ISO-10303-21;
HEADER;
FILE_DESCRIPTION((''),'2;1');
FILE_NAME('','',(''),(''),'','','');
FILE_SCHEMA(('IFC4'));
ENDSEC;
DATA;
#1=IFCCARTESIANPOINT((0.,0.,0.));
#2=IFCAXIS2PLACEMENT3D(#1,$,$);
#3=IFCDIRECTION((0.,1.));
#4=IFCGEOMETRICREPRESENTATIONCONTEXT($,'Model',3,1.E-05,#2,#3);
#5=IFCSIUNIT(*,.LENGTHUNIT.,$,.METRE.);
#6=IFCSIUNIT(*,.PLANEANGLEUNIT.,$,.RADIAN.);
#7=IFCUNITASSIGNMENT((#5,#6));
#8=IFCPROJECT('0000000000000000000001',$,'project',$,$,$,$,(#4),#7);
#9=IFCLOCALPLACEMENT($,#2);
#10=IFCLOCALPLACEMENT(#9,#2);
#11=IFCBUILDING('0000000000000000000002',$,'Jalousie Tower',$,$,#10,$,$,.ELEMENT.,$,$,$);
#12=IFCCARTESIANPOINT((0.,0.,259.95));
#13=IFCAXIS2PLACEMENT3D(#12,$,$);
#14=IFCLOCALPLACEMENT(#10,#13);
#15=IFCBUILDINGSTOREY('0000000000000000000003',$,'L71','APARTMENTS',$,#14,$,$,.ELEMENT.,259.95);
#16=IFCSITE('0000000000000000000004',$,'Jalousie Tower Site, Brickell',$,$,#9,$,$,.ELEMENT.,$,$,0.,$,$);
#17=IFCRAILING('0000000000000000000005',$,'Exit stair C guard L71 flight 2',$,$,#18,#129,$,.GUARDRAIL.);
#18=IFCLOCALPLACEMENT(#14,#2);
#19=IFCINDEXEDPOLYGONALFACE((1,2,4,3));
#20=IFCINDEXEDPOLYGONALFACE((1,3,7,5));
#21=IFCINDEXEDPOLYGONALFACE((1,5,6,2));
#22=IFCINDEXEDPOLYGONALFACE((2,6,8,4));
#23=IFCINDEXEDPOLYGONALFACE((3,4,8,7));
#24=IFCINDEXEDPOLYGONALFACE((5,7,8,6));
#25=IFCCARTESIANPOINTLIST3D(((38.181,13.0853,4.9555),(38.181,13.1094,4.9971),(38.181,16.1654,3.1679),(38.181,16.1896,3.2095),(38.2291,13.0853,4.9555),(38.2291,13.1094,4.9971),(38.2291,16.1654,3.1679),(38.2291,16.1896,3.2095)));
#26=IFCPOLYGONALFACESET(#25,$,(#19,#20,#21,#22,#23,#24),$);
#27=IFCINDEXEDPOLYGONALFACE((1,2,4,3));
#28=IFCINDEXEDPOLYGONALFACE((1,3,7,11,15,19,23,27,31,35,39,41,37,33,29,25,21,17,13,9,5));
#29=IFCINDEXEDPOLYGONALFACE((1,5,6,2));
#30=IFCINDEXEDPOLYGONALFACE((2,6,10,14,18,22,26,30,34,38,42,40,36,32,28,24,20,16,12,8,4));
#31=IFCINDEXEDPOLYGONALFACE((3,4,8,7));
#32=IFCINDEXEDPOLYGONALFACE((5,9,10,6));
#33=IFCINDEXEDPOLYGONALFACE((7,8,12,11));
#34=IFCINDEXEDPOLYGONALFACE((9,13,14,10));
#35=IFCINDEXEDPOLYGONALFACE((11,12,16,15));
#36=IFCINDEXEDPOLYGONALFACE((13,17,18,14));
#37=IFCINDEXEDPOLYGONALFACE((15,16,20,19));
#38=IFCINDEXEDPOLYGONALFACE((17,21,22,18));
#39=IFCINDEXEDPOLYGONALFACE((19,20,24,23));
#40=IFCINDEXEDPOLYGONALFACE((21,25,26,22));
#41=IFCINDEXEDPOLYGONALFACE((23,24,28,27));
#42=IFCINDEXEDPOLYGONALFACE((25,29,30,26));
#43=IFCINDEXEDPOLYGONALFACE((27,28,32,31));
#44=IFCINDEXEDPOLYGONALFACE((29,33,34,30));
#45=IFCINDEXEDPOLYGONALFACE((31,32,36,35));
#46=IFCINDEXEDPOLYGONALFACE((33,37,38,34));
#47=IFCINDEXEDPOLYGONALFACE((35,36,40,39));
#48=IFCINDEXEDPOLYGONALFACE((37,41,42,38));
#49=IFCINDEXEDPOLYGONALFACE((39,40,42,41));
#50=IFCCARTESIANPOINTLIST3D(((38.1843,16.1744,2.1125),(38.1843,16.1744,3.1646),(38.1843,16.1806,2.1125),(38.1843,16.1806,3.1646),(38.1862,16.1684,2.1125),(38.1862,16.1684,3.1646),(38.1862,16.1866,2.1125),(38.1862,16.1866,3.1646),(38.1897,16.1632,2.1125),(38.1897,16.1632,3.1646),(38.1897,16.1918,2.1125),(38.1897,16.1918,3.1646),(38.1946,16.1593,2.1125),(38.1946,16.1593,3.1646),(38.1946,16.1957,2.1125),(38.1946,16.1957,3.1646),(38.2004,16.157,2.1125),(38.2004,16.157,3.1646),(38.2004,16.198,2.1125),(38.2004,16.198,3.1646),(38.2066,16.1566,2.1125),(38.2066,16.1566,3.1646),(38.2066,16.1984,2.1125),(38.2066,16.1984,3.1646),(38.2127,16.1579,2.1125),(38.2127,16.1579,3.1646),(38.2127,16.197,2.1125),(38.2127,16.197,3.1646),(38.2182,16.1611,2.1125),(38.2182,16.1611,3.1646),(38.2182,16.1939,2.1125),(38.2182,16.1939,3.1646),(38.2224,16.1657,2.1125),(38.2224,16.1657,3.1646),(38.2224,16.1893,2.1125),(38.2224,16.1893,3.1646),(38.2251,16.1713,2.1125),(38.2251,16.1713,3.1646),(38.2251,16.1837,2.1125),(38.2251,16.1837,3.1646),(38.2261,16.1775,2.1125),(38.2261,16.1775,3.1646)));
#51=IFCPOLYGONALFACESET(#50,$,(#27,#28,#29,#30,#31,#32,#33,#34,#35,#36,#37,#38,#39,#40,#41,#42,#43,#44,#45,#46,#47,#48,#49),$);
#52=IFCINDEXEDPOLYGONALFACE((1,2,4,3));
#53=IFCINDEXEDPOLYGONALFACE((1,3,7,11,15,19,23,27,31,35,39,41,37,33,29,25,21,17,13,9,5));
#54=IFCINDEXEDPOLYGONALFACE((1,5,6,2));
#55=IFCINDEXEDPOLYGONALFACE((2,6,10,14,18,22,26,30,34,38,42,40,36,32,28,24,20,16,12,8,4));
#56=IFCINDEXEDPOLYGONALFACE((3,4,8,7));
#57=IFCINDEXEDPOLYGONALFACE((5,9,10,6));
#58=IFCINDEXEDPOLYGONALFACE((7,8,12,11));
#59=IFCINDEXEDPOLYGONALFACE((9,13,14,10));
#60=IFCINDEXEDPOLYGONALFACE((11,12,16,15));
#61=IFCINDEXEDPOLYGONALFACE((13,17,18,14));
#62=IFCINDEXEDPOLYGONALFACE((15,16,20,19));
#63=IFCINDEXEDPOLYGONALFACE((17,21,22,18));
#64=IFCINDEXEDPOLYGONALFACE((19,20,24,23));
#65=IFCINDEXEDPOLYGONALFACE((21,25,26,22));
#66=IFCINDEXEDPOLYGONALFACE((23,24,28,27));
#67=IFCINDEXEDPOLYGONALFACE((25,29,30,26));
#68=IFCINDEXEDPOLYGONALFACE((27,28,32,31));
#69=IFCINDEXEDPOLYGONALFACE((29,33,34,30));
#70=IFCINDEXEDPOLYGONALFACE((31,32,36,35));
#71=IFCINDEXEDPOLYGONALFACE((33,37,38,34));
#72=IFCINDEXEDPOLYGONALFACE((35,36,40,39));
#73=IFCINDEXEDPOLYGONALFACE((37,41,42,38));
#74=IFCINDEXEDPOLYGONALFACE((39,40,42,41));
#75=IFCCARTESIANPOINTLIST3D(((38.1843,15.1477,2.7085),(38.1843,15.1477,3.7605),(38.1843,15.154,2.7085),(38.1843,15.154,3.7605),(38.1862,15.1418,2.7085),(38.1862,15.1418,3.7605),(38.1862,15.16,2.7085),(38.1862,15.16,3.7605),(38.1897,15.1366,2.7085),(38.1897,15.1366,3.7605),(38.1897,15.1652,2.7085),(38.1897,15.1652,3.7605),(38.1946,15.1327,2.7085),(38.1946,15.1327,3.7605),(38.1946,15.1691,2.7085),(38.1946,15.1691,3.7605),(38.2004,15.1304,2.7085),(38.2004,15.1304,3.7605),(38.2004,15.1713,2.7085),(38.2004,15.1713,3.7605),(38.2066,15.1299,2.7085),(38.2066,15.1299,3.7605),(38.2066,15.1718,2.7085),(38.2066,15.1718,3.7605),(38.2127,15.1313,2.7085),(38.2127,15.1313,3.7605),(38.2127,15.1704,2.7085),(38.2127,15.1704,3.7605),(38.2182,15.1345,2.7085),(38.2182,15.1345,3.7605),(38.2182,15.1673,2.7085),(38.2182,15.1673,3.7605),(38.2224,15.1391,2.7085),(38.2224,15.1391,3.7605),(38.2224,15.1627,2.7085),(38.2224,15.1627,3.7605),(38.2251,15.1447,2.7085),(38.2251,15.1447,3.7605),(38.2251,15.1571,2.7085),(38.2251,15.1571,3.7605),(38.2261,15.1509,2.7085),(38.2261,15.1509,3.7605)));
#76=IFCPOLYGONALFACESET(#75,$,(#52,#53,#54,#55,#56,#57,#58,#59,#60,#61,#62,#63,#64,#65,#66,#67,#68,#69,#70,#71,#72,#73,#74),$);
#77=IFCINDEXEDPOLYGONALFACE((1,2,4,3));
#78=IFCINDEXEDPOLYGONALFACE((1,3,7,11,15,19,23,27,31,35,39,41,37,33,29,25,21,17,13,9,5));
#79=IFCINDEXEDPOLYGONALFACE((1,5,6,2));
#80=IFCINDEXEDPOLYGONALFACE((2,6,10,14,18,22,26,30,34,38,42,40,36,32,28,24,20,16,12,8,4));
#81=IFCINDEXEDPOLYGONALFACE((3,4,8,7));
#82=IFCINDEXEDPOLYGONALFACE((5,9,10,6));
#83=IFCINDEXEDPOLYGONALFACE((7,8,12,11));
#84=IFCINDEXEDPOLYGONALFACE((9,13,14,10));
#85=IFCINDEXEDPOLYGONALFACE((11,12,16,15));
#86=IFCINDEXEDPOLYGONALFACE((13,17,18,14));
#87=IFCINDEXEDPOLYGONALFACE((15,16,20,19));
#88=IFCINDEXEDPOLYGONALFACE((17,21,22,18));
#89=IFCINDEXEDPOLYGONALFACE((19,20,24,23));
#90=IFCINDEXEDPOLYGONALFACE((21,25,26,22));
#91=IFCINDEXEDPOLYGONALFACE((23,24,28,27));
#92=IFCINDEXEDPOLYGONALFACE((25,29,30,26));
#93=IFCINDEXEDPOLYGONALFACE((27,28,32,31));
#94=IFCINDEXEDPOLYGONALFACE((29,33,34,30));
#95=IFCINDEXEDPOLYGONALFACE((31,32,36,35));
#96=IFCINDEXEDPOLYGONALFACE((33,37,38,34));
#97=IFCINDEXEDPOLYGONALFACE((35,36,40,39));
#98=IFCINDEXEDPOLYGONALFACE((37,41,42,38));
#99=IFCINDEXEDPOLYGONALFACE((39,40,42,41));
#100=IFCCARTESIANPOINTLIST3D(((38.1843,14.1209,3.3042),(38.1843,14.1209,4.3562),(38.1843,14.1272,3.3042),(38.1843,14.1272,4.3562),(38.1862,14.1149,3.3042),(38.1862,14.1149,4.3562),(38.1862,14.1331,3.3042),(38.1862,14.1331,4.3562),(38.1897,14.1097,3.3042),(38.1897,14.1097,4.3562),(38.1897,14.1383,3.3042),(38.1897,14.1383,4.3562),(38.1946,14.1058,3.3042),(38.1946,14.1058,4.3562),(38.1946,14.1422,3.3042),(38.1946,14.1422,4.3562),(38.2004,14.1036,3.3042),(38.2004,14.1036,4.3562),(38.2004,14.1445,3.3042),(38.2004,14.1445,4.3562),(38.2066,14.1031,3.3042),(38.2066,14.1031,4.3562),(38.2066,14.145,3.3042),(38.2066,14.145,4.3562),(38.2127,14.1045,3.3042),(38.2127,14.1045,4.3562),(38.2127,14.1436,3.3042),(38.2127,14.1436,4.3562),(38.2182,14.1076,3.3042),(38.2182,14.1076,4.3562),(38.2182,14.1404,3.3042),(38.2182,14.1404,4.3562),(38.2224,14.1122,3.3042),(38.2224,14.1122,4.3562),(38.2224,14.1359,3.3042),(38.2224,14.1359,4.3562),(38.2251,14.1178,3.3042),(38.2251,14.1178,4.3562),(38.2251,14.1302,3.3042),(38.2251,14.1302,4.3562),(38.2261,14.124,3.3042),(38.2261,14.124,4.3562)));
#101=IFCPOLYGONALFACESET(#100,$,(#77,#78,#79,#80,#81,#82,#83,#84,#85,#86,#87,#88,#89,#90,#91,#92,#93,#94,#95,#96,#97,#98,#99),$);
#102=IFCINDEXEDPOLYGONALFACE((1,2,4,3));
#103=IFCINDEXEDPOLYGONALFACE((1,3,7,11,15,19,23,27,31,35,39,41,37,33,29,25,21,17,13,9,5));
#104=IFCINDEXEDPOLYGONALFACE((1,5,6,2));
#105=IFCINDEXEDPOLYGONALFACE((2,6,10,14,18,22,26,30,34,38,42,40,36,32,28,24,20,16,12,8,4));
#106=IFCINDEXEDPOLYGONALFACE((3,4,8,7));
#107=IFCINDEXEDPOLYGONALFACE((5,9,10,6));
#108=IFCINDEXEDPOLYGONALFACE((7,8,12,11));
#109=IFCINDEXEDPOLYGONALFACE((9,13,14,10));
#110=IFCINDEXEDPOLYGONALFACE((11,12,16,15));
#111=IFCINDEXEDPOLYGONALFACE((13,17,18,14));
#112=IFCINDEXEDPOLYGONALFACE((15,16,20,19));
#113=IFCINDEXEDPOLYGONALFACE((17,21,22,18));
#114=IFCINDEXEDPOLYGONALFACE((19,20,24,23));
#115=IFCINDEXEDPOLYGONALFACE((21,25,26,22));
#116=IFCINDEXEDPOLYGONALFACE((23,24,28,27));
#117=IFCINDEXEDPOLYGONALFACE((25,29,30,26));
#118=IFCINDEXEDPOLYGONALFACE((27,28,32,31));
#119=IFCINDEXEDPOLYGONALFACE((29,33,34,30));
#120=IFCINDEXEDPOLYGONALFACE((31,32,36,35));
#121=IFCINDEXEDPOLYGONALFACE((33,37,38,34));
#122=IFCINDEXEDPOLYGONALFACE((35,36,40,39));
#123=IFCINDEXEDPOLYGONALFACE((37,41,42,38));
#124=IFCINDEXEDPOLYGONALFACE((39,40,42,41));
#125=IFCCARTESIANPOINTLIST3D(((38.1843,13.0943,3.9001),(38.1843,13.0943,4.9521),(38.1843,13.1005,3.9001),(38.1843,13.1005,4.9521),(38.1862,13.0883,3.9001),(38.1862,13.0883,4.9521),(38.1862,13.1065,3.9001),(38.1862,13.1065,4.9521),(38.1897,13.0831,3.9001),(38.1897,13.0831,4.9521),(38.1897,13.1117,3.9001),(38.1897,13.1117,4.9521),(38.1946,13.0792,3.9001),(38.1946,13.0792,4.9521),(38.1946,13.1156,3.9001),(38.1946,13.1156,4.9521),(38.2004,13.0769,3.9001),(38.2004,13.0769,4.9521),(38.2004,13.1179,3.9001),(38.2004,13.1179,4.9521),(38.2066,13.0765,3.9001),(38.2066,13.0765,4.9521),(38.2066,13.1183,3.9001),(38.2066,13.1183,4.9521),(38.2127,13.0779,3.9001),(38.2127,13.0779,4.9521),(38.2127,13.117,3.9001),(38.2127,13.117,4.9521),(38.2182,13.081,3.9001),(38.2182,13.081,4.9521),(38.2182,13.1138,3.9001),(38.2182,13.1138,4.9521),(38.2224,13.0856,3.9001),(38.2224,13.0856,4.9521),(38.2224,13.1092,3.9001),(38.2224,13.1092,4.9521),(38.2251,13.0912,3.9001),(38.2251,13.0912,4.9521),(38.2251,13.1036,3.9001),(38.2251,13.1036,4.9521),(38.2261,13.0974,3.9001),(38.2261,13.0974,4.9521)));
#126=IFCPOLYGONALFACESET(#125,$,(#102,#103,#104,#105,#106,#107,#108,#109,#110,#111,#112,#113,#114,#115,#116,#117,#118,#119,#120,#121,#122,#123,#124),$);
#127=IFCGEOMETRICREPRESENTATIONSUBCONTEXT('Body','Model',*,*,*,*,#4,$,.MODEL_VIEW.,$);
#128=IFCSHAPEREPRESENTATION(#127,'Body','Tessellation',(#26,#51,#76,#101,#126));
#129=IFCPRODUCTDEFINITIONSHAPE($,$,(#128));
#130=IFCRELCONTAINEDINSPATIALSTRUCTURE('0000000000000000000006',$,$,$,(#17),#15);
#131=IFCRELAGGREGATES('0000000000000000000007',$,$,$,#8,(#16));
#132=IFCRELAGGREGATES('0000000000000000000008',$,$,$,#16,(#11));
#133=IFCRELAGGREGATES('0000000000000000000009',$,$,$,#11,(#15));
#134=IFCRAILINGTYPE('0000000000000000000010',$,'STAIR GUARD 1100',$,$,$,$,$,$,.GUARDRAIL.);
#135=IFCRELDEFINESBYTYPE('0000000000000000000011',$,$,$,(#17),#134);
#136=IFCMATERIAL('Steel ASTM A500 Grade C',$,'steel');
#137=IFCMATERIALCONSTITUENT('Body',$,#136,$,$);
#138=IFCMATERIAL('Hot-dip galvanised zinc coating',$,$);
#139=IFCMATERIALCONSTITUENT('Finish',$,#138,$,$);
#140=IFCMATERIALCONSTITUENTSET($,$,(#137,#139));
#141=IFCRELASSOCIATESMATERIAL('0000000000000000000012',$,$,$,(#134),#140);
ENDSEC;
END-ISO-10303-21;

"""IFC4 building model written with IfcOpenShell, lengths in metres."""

from ifc_helpers import new_model, si_unit, direction, frame, origin, origin_2d, place, context, subcontext, project, spatial, rectangle, circle, extrude, material, constituent, constituent_set, type_object, element, save


model = new_model("IFC4")

# Units and contexts
model_context = context("Model", 3, precision=1e-05, world=origin(), true_north=direction((0.0, 1.0)))
body_context = subcontext(model_context, "Body", "Model", "MODEL_VIEW")
ifc_project = project(units=[si_unit("LENGTHUNIT", "METRE"), si_unit("PLANEANGLEUNIT", "RADIAN")], contexts=[model_context])

# Site, building, storey
site_placement = place(None, origin())
site = spatial("IfcSite", under=ifc_project, at=site_placement, Name="Jalousie Tower Site, Brickell", CompositionType="ELEMENT", RefElevation=0.0)
building_placement = place(site_placement, origin())
building = spatial("IfcBuilding", under=site, at=building_placement, Name="Jalousie Tower", CompositionType="ELEMENT")
storey_placement = place(building_placement, frame((0.0, 0.0, 259.95)))
storey = spatial("IfcBuildingStorey", under=building, at=storey_placement, Name="L71", Description="APARTMENTS", CompositionType="ELEMENT", Elevation=259.95)

# Railing
ifc_material_1 = material(Name="Steel ASTM A500 Grade C", Category="steel")
ifc_constituent_1 = constituent(ifc_material_1, Name="Body")
ifc_material_2 = material(Name="Hot-dip galvanised zinc coating")
ifc_constituent_2 = constituent(ifc_material_2, Name="Finish")
ifc_constituent_set_1 = constituent_set(constituents=[ifc_constituent_1, ifc_constituent_2])
railing_type_1 = type_object("IfcRailingType", Name="STAIR GUARD 1100", PredefinedType="GUARDRAIL", material=ifc_constituent_set_1)
railing_1_placement = place(storey_placement, frame((38.2051, 16.1775, 2.1125)))
element("IfcRailing", 1, at=railing_1_placement, inside=storey, type_object=railing_type_1, Name="Exit stair C guard L71 flight 2", PredefinedType="GUARDRAIL", context=body_context, shape_type="SweptSolid", body=[
    extrude(rectangle(XDim=0.0481, YDim=0.0481, at=origin_2d()), frame((0.0, 0.0, 1.0762), z_axis=(0.0, -0.864891, 0.50196), x_axis=(1.0, 0.0, 0.0)), (0.0, 0.0, 1.0), 3.5613),
    extrude(circle(Radius=0.021, at=origin_2d()), origin(), (0.0, 0.0, 1.0), 1.052),
    extrude(circle(Radius=0.021, at=origin_2d()), frame((0.0, -1.0266, 0.5959)), (0.0, 0.0, 1.0), 1.052),
    extrude(circle(Radius=0.021, at=origin_2d()), frame((0.0, -2.0535, 1.1917)), (0.0, 0.0, 1.0), 1.052),
    extrude(circle(Radius=0.021, at=origin_2d()), frame((0.0, -3.0801, 1.7876)), (0.0, 0.0, 1.0), 1.052),
])

save(model, "model.ifc")
